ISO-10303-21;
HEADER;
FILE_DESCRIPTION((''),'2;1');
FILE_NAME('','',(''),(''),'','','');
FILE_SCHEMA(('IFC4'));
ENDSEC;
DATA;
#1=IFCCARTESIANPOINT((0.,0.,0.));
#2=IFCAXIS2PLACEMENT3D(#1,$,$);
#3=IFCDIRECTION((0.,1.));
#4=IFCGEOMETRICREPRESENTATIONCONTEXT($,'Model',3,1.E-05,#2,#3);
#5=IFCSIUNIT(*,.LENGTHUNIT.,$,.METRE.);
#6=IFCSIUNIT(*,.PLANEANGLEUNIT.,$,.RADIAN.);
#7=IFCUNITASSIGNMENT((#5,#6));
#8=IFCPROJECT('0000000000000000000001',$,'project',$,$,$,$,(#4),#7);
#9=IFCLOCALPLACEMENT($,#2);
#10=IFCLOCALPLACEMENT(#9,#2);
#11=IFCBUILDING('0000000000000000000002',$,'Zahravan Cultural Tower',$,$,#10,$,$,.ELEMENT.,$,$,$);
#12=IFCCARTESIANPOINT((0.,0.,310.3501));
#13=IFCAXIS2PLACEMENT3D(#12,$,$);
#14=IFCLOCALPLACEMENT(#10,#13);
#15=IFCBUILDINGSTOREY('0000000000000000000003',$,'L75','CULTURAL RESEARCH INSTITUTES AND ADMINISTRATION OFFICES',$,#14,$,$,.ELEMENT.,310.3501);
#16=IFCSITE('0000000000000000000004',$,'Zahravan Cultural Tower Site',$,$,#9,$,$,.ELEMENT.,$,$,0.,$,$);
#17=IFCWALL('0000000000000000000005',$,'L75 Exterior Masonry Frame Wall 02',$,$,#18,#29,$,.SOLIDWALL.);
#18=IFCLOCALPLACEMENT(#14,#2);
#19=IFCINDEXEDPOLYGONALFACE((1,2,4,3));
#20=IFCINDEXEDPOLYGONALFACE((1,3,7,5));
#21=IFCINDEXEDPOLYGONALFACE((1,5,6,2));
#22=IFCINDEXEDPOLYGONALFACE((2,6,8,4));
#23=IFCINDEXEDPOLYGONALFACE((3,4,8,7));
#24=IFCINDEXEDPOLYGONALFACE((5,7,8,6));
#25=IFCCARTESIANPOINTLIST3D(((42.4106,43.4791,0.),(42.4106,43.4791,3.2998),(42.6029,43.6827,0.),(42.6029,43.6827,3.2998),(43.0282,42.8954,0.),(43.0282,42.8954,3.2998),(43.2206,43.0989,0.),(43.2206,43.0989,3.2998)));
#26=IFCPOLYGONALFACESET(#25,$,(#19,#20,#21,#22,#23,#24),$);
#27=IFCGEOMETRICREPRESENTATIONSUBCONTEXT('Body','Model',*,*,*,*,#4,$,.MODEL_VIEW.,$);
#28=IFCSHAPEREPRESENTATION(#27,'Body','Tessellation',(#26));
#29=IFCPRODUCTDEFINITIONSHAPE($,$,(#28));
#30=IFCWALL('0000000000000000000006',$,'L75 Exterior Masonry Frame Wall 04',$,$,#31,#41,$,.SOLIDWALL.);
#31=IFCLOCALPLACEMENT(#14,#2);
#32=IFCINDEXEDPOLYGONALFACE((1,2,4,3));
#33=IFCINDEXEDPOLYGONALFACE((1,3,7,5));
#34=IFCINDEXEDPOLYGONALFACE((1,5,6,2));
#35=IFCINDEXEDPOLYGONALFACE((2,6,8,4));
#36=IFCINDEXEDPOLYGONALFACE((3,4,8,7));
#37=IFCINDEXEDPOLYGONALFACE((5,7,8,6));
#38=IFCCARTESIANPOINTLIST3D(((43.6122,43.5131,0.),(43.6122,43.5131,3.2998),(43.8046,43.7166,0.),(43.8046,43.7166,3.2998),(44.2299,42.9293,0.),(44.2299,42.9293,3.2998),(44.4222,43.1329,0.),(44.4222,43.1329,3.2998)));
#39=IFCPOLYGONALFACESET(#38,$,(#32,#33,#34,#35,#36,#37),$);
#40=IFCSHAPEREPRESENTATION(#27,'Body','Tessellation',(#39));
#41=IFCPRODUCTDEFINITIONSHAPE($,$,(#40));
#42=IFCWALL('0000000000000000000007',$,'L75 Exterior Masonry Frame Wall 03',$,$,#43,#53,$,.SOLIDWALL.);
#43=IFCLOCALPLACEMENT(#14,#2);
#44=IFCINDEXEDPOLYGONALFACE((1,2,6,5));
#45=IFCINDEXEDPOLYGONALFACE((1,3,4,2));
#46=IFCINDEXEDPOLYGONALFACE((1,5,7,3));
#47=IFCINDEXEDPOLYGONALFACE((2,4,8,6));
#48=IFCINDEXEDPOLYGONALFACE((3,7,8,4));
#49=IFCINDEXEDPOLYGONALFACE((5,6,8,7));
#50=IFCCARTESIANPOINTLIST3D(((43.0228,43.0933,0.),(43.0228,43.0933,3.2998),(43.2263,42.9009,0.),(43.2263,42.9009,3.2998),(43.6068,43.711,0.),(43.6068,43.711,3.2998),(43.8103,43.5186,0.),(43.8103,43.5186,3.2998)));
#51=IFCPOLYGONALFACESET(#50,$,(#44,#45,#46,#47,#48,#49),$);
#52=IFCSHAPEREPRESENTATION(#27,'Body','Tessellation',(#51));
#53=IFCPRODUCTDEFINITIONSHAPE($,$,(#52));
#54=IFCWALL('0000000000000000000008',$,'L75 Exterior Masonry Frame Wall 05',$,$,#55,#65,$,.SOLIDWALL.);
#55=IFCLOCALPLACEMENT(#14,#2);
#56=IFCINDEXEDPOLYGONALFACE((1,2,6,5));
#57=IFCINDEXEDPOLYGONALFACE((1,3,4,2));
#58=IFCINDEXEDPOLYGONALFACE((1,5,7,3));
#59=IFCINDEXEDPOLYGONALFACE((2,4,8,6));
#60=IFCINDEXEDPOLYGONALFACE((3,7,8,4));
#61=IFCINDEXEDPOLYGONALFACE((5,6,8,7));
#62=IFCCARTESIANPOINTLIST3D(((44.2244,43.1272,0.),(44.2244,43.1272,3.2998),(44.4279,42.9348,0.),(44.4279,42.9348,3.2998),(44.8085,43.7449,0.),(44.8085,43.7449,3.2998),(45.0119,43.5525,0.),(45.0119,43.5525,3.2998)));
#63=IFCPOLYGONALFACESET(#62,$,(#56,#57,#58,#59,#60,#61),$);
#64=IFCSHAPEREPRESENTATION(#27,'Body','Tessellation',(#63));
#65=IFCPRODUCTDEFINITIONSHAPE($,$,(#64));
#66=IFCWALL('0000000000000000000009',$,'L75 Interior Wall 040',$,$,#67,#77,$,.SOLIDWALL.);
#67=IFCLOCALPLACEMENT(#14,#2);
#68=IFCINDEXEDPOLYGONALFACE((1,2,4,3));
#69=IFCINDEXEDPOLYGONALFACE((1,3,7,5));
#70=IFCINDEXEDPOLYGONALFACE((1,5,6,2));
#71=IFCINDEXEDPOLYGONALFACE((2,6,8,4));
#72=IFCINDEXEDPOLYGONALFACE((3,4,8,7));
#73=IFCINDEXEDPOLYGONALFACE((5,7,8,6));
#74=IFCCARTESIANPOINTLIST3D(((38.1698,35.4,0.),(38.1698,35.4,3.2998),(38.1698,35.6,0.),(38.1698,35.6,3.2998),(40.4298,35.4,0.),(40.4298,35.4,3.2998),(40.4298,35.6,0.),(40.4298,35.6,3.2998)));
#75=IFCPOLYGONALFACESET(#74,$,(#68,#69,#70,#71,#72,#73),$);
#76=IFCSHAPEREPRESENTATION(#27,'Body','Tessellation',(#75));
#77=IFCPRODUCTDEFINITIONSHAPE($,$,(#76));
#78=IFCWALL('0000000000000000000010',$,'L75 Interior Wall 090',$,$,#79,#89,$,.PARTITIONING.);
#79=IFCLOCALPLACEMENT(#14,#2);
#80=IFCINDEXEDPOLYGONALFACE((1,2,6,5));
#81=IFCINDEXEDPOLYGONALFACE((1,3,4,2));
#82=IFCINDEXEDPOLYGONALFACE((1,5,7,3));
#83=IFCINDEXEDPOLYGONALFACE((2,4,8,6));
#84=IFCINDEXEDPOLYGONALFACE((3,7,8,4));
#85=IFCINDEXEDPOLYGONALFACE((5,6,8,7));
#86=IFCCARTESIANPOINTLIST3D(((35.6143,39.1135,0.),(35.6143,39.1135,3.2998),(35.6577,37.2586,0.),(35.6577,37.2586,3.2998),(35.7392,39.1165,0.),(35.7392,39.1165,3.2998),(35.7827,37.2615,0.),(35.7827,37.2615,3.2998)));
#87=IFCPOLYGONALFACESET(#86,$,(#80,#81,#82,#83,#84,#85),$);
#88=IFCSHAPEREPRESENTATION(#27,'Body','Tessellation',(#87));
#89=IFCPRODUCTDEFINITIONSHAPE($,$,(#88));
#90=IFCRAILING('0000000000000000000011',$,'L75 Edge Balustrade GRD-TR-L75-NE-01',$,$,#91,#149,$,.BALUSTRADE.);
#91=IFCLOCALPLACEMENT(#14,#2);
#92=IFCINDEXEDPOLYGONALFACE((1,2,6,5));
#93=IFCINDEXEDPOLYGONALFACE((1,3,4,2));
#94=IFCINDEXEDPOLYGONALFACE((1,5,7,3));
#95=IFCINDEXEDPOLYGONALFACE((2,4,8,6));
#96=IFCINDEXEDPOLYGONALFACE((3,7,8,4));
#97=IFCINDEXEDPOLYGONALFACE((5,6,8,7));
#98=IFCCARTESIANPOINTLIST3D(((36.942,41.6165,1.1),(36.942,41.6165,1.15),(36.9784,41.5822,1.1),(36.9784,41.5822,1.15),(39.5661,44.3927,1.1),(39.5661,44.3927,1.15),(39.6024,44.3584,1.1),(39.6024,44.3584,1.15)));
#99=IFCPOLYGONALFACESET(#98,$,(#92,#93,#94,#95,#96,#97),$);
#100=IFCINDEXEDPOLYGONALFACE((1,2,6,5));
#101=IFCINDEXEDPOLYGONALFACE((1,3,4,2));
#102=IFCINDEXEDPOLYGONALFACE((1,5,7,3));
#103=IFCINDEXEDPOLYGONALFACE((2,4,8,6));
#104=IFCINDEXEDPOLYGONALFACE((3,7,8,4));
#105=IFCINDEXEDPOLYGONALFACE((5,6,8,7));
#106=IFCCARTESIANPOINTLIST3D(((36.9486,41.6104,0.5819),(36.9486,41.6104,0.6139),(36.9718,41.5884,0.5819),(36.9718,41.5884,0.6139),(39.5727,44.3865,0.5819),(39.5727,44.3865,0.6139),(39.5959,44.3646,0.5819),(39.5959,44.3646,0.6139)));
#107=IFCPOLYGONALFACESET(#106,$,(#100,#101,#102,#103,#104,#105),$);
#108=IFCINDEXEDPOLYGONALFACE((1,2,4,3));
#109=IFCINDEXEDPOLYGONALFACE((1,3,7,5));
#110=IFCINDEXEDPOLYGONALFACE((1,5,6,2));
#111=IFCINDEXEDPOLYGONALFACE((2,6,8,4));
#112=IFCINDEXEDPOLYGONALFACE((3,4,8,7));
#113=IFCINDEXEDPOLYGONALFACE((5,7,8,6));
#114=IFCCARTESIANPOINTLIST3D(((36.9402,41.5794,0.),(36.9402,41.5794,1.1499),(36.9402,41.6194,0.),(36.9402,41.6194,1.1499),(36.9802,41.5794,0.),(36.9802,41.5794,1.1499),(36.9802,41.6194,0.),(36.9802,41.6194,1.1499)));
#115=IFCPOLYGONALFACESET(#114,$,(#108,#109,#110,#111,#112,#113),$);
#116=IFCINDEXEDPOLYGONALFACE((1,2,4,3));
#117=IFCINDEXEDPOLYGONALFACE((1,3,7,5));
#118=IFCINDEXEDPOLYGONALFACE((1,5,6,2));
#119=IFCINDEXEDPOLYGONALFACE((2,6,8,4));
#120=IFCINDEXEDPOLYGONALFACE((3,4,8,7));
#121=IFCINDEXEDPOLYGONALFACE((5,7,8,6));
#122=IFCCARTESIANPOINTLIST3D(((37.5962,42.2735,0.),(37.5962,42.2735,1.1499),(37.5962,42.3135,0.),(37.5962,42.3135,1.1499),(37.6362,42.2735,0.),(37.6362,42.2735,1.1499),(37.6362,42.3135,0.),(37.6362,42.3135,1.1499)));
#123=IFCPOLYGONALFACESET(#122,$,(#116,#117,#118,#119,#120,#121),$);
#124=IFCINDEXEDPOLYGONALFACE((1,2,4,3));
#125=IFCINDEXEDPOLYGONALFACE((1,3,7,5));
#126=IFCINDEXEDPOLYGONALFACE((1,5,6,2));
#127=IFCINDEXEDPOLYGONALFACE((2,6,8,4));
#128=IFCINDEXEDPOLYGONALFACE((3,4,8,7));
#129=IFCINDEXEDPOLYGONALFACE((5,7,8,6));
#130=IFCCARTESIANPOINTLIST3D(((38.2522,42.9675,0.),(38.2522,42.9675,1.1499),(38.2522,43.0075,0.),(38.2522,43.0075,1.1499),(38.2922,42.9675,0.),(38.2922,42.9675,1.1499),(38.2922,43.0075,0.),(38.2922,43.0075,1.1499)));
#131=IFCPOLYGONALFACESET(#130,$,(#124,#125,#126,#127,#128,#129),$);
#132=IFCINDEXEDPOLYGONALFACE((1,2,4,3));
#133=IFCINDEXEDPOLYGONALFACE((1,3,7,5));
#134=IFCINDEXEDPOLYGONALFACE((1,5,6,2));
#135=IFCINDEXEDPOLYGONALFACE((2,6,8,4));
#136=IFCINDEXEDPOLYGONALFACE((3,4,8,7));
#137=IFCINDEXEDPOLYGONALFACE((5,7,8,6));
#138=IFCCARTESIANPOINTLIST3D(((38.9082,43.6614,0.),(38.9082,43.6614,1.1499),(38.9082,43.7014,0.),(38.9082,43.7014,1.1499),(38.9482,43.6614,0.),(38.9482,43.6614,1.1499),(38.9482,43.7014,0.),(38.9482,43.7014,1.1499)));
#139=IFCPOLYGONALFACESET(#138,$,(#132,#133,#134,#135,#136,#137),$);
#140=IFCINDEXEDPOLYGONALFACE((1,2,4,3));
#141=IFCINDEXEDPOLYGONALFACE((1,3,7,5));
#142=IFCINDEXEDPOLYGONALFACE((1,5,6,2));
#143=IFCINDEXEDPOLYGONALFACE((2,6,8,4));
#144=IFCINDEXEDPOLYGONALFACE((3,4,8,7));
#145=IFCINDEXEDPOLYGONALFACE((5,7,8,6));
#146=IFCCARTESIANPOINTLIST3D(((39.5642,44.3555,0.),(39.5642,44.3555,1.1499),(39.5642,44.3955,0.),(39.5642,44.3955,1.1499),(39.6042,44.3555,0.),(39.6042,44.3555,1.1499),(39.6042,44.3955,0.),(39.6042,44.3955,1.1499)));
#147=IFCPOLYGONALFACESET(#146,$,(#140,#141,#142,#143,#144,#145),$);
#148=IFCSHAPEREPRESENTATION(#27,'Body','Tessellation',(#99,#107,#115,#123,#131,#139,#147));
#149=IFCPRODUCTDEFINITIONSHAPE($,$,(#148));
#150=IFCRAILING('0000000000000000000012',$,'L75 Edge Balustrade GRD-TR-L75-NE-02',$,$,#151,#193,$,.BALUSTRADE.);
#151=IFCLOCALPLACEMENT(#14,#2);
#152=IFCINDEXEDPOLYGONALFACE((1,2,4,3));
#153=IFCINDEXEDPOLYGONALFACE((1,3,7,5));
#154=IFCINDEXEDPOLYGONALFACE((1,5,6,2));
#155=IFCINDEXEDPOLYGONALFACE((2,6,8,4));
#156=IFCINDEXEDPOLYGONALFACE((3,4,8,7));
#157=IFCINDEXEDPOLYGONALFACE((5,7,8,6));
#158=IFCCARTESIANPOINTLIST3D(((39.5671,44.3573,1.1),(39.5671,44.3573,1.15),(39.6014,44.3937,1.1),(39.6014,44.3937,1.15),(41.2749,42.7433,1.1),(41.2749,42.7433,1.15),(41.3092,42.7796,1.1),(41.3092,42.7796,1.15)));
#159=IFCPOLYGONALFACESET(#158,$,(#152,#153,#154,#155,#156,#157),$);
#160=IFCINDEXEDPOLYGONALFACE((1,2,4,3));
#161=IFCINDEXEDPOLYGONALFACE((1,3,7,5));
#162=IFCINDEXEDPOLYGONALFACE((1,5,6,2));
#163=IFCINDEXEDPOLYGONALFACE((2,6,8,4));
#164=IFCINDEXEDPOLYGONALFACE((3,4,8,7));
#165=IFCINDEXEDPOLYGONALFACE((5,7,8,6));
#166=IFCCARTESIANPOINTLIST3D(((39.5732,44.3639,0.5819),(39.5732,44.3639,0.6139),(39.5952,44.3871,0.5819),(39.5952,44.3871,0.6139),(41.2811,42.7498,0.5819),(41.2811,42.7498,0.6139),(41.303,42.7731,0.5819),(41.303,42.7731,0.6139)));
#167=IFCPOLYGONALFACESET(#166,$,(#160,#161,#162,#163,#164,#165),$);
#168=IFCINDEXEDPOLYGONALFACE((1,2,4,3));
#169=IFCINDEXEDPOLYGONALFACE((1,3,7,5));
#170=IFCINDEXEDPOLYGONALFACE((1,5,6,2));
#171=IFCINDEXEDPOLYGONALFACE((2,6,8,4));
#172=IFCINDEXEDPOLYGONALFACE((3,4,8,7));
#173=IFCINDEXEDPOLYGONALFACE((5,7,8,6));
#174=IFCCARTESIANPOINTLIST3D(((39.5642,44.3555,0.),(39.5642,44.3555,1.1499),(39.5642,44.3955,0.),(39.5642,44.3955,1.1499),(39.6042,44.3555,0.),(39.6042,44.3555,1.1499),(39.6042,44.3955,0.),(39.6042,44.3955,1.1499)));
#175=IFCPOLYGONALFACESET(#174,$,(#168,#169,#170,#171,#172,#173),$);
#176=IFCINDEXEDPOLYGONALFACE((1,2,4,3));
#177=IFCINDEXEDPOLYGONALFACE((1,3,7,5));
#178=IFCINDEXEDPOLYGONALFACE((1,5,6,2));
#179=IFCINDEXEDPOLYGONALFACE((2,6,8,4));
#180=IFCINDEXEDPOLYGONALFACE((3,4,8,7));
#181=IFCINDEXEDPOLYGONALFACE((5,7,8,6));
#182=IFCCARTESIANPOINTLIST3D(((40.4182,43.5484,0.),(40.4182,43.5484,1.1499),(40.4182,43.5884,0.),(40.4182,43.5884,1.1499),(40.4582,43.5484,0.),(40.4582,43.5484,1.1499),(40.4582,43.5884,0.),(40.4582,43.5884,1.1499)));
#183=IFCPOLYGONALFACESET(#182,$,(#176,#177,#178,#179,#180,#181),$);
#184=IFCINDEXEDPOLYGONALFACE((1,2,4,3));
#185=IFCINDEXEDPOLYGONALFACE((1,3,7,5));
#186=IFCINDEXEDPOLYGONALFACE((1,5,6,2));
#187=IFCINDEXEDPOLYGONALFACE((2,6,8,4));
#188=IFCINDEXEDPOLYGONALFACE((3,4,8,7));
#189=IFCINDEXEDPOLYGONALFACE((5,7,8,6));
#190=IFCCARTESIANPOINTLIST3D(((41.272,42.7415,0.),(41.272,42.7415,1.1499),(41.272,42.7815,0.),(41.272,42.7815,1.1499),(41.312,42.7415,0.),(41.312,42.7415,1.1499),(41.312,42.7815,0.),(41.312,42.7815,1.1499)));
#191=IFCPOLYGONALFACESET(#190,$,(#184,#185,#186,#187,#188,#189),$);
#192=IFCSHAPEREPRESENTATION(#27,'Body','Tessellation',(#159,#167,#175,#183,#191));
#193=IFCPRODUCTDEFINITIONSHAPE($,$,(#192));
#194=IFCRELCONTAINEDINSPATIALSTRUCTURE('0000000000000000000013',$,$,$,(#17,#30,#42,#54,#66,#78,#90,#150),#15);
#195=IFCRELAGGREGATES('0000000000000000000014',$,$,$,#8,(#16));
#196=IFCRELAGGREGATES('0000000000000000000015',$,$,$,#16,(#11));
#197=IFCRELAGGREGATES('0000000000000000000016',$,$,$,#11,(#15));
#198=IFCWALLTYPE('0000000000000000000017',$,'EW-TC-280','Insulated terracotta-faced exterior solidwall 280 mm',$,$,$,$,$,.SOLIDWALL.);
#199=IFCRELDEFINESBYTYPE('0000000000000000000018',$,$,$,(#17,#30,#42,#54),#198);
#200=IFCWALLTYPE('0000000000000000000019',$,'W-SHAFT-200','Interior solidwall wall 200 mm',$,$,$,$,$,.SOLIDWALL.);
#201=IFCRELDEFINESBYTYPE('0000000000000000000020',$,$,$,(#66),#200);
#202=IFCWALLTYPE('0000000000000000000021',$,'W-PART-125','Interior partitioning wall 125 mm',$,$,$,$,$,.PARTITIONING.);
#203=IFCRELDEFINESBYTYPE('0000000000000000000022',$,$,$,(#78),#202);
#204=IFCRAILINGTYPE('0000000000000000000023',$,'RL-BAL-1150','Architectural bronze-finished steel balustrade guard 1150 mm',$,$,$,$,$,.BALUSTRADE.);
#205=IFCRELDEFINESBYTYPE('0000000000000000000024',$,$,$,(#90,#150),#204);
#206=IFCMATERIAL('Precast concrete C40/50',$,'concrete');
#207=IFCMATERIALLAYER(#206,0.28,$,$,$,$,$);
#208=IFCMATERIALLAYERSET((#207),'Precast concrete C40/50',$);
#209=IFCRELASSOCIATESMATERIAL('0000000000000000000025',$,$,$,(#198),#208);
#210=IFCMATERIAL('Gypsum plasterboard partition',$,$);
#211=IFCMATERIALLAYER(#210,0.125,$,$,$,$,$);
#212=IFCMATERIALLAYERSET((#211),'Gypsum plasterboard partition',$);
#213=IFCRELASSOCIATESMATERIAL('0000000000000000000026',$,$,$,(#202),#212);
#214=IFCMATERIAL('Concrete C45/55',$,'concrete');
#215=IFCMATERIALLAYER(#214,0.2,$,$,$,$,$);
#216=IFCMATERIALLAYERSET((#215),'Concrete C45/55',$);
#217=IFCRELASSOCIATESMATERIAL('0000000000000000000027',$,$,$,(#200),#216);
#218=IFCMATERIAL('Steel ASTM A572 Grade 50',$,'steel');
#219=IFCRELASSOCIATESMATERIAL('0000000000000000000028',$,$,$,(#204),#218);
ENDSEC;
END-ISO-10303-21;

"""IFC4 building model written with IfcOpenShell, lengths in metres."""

from ifc_helpers import new_model, si_unit, direction, frame, frame_2d, origin, origin_2d, place, context, subcontext, project, spatial, rectangle, extrude, source, transform, mapped, material, layer, layer_set, type_object, element, save


model = new_model("IFC4")

# Units and contexts
model_context = context("Model", 3, precision=1e-05, world=origin(), true_north=direction((0.0, 1.0)))
body_context = subcontext(model_context, "Body", "Model", "MODEL_VIEW")
ifc_project = project(units=[si_unit("LENGTHUNIT", "METRE"), si_unit("PLANEANGLEUNIT", "RADIAN")], contexts=[model_context])

# Site, building, storey
site_placement = place(None, origin())
site = spatial("IfcSite", under=ifc_project, at=site_placement, Name="Zahravan Cultural Tower Site", CompositionType="ELEMENT", RefElevation=0.0)
building_placement = place(site_placement, origin())
building = spatial("IfcBuilding", under=site, at=building_placement, Name="Zahravan Cultural Tower", CompositionType="ELEMENT")
storey_placement = place(building_placement, frame((0.0, 0.0, 310.3501)))
storey = spatial("IfcBuildingStorey", under=building, at=storey_placement, Name="L75", Description="CULTURAL RESEARCH INSTITUTES AND ADMINISTRATION OFFICES", CompositionType="ELEMENT", Elevation=310.3501)

# Shared definitions
ifc_material_1 = material(Name="Precast concrete C40/50", Category="concrete")
ifc_layer_1 = layer(ifc_material_1, 0.28)
ifc_layer_set_1 = layer_set([ifc_layer_1], Name="Precast concrete C40/50")
wall_type_1 = type_object("IfcWallType", Name="EW-TC-280", Description="Insulated terracotta-faced exterior solidwall 280 mm", PredefinedType="SOLIDWALL", material=ifc_layer_set_1)
ifc_material_2 = material(Name="Gypsum plasterboard partition")
ifc_layer_2 = layer(ifc_material_2, 0.125)
ifc_layer_set_2 = layer_set([ifc_layer_2], Name="Gypsum plasterboard partition")
wall_type_2 = type_object("IfcWallType", Name="W-PART-125", Description="Interior partitioning wall 125 mm", PredefinedType="PARTITIONING", material=ifc_layer_set_2)

# Walls
shared_shape_1 = source(origin(), body_context, "Body", "SweptSolid", [
    extrude(rectangle(XDim=0.8499, YDim=0.28, at=frame_2d((0.4248, 0.0))), origin(), (0.0, 0.0, 1.0), 3.2998),
])
for number, where, z_axis, x_axis, name in (
    (1, (42.5068, 43.5808, 0.0), (0.0, 0.0, 1.0), (0.72679, -0.68686, 0.0), "L75 Exterior Masonry Frame Wall 02"),
    (2, (43.7085, 43.6147, 0.0), (0.0, 0.0, 1.0), (0.72679, -0.68686, 0.0), "L75 Exterior Masonry Frame Wall 04"),
):
    element("IfcWall", number, at=place(storey_placement, frame(where, z_axis=z_axis, x_axis=x_axis)), inside=storey, type_object=wall_type_1, Name=name, PredefinedType="SOLIDWALL", context=body_context, shape_type="MappedRepresentation", body=[
        mapped(shared_shape_1, transform((0.0, 0.0, 0.0), x_axis=(1.0, 0.0, 0.0), y_axis=(0.0, 1.0, 0.0), z_axis=(0.0, 0.0, 1.0), scale=1.0)),
    ])
shared_shape_2 = source(origin(), body_context, "Body", "SweptSolid", [
    extrude(rectangle(XDim=0.8501, YDim=0.28, at=frame_2d((0.425, 0.0))), origin(), (0.0, 0.0, 1.0), 3.2998),
])
for number, where, z_axis, x_axis, name in (
    (3, (43.1245, 42.9971, 0.0), (0.0, 0.0, 1.0), (0.687011, 0.726647, 0.0), "L75 Exterior Masonry Frame Wall 03"),
    (4, (44.3262, 43.031, 0.0), (0.0, 0.0, 1.0), (0.687011, 0.726647, 0.0), "L75 Exterior Masonry Frame Wall 05"),
):
    element("IfcWall", number, at=place(storey_placement, frame(where, z_axis=z_axis, x_axis=x_axis)), inside=storey, type_object=wall_type_1, Name=name, PredefinedType="SOLIDWALL", context=body_context, shape_type="MappedRepresentation", body=[
        mapped(shared_shape_2, transform((0.0, 0.0, 0.0), x_axis=(1.0, 0.0, 0.0), y_axis=(0.0, 1.0, 0.0), z_axis=(0.0, 0.0, 1.0), scale=1.0)),
    ])
ifc_material_3 = material(Name="Concrete C45/55", Category="concrete")
ifc_layer_3 = layer(ifc_material_3, 0.2)
ifc_layer_set_3 = layer_set([ifc_layer_3], Name="Concrete C45/55")
wall_type_3 = type_object("IfcWallType", Name="W-SHAFT-200", Description="Interior solidwall wall 200 mm", PredefinedType="SOLIDWALL", material=ifc_layer_set_3)
shared_shape_3 = source(origin(), body_context, "Body", "SweptSolid", [
    extrude(rectangle(XDim=2.26, YDim=0.2, at=frame_2d((1.1299, 0.0))), origin(), (0.0, 0.0, 1.0), 3.2998),
])
wall_1_placement = place(storey_placement, frame((38.1699, 35.5, 0.0), z_axis=(0.0, 0.0, 1.0), x_axis=(1.0, 0.0, 0.0)))
element("IfcWall", 5, at=wall_1_placement, inside=storey, type_object=wall_type_3, Name="L75 Interior Wall 040", PredefinedType="SOLIDWALL", context=body_context, shape_type="MappedRepresentation", body=[
    mapped(shared_shape_3, transform((0.0, 0.0, 0.0), x_axis=(1.0, 0.0, 0.0), y_axis=(0.0, 1.0, 0.0), z_axis=(0.0, 0.0, 1.0), scale=1.0)),
])
shared_shape_4 = source(origin(), body_context, "Body", "SweptSolid", [
    extrude(rectangle(XDim=1.8555, YDim=0.125, at=frame_2d((0.9277, 0.0))), origin(), (0.0, 0.0, 1.0), 3.2998),
])
wall_2_placement = place(storey_placement, frame((35.6768, 39.115, 0.0), z_axis=(0.0, 0.0, 1.0), x_axis=(0.023421, -0.999726, 0.0)))
element("IfcWall", 6, at=wall_2_placement, inside=storey, type_object=wall_type_2, Name="L75 Interior Wall 090", PredefinedType="PARTITIONING", context=body_context, shape_type="MappedRepresentation", body=[
    mapped(shared_shape_4, transform((0.0, 0.0, 0.0), x_axis=(1.0, 0.0, 0.0), y_axis=(0.0, 1.0, 0.0), z_axis=(0.0, 0.0, 1.0), scale=1.0)),
])

# Railings
ifc_material_4 = material(Name="Steel ASTM A572 Grade 50", Category="steel")
railing_type = type_object("IfcRailingType", Name="RL-BAL-1150", Description="Architectural bronze-finished steel balustrade guard 1150 mm", PredefinedType="BALUSTRADE", material=ifc_material_4)
railing_1_placement = place(storey_placement, frame((36.9602, 41.5994, 0.0)))
element("IfcRailing", 7, at=railing_1_placement, inside=storey, type_object=railing_type, Name="L75 Edge Balustrade GRD-TR-L75-NE-01", PredefinedType="BALUSTRADE", context=body_context, shape_type="SweptSolid", body=[
    extrude(rectangle(XDim=0.05, YDim=0.05, at=origin_2d()), frame((0.0, 0.0, 1.125), z_axis=(0.686918, 0.726735, 0.0), x_axis=(-0.726735, 0.686918, 0.0)), (0.0, 0.0, 1.0), 3.8201),
    extrude(rectangle(XDim=0.032, YDim=0.032, at=origin_2d()), frame((0.0, 0.0, 0.5979), z_axis=(0.686918, 0.726735, 0.0), x_axis=(-0.726735, 0.686918, 0.0)), (0.0, 0.0, 1.0), 3.8201),
    extrude(rectangle(XDim=0.04, YDim=0.04, at=origin_2d()), origin(), (0.0, 0.0, 1.0), 1.1499),
    extrude(rectangle(XDim=0.04, YDim=0.04, at=origin_2d()), frame((0.656, 0.6941, 0.0)), (0.0, 0.0, 1.0), 1.1499),
    extrude(rectangle(XDim=0.04, YDim=0.04, at=origin_2d()), frame((1.312, 1.3882, 0.0)), (0.0, 0.0, 1.0), 1.1499),
    extrude(rectangle(XDim=0.04, YDim=0.04, at=origin_2d()), frame((1.968, 2.082, 0.0)), (0.0, 0.0, 1.0), 1.1499),
    extrude(rectangle(XDim=0.04, YDim=0.04, at=origin_2d()), frame((2.624, 2.7761, 0.0)), (0.0, 0.0, 1.0), 1.1499),
])
railing_2_placement = place(storey_placement, frame((39.5842, 44.3755, 0.0)))
element("IfcRailing", 8, at=railing_2_placement, inside=storey, type_object=railing_type, Name="L75 Edge Balustrade GRD-TR-L75-NE-02", PredefinedType="BALUSTRADE", context=body_context, shape_type="SweptSolid", body=[
    extrude(rectangle(XDim=0.05, YDim=0.05, at=origin_2d()), frame((0.0, 0.0, 1.125), z_axis=(0.726774, -0.686877, 0.0), x_axis=(0.686877, 0.726774, 0.0)), (0.0, 0.0, 1.0), 2.3499),
    extrude(rectangle(XDim=0.032, YDim=0.032, at=origin_2d()), frame((0.0, 0.0, 0.5979), z_axis=(0.726774, -0.686877, 0.0), x_axis=(0.686877, 0.726774, 0.0)), (0.0, 0.0, 1.0), 2.3499),
    extrude(rectangle(XDim=0.04, YDim=0.04, at=origin_2d()), origin(), (0.0, 0.0, 1.0), 1.1499),
    extrude(rectangle(XDim=0.04, YDim=0.04, at=origin_2d()), frame((0.854, -0.8071, 0.0)), (0.0, 0.0, 1.0), 1.1499),
    extrude(rectangle(XDim=0.04, YDim=0.04, at=origin_2d()), frame((1.7078, -1.614, 0.0)), (0.0, 0.0, 1.0), 1.1499),
])

save(model, "model.ifc")
